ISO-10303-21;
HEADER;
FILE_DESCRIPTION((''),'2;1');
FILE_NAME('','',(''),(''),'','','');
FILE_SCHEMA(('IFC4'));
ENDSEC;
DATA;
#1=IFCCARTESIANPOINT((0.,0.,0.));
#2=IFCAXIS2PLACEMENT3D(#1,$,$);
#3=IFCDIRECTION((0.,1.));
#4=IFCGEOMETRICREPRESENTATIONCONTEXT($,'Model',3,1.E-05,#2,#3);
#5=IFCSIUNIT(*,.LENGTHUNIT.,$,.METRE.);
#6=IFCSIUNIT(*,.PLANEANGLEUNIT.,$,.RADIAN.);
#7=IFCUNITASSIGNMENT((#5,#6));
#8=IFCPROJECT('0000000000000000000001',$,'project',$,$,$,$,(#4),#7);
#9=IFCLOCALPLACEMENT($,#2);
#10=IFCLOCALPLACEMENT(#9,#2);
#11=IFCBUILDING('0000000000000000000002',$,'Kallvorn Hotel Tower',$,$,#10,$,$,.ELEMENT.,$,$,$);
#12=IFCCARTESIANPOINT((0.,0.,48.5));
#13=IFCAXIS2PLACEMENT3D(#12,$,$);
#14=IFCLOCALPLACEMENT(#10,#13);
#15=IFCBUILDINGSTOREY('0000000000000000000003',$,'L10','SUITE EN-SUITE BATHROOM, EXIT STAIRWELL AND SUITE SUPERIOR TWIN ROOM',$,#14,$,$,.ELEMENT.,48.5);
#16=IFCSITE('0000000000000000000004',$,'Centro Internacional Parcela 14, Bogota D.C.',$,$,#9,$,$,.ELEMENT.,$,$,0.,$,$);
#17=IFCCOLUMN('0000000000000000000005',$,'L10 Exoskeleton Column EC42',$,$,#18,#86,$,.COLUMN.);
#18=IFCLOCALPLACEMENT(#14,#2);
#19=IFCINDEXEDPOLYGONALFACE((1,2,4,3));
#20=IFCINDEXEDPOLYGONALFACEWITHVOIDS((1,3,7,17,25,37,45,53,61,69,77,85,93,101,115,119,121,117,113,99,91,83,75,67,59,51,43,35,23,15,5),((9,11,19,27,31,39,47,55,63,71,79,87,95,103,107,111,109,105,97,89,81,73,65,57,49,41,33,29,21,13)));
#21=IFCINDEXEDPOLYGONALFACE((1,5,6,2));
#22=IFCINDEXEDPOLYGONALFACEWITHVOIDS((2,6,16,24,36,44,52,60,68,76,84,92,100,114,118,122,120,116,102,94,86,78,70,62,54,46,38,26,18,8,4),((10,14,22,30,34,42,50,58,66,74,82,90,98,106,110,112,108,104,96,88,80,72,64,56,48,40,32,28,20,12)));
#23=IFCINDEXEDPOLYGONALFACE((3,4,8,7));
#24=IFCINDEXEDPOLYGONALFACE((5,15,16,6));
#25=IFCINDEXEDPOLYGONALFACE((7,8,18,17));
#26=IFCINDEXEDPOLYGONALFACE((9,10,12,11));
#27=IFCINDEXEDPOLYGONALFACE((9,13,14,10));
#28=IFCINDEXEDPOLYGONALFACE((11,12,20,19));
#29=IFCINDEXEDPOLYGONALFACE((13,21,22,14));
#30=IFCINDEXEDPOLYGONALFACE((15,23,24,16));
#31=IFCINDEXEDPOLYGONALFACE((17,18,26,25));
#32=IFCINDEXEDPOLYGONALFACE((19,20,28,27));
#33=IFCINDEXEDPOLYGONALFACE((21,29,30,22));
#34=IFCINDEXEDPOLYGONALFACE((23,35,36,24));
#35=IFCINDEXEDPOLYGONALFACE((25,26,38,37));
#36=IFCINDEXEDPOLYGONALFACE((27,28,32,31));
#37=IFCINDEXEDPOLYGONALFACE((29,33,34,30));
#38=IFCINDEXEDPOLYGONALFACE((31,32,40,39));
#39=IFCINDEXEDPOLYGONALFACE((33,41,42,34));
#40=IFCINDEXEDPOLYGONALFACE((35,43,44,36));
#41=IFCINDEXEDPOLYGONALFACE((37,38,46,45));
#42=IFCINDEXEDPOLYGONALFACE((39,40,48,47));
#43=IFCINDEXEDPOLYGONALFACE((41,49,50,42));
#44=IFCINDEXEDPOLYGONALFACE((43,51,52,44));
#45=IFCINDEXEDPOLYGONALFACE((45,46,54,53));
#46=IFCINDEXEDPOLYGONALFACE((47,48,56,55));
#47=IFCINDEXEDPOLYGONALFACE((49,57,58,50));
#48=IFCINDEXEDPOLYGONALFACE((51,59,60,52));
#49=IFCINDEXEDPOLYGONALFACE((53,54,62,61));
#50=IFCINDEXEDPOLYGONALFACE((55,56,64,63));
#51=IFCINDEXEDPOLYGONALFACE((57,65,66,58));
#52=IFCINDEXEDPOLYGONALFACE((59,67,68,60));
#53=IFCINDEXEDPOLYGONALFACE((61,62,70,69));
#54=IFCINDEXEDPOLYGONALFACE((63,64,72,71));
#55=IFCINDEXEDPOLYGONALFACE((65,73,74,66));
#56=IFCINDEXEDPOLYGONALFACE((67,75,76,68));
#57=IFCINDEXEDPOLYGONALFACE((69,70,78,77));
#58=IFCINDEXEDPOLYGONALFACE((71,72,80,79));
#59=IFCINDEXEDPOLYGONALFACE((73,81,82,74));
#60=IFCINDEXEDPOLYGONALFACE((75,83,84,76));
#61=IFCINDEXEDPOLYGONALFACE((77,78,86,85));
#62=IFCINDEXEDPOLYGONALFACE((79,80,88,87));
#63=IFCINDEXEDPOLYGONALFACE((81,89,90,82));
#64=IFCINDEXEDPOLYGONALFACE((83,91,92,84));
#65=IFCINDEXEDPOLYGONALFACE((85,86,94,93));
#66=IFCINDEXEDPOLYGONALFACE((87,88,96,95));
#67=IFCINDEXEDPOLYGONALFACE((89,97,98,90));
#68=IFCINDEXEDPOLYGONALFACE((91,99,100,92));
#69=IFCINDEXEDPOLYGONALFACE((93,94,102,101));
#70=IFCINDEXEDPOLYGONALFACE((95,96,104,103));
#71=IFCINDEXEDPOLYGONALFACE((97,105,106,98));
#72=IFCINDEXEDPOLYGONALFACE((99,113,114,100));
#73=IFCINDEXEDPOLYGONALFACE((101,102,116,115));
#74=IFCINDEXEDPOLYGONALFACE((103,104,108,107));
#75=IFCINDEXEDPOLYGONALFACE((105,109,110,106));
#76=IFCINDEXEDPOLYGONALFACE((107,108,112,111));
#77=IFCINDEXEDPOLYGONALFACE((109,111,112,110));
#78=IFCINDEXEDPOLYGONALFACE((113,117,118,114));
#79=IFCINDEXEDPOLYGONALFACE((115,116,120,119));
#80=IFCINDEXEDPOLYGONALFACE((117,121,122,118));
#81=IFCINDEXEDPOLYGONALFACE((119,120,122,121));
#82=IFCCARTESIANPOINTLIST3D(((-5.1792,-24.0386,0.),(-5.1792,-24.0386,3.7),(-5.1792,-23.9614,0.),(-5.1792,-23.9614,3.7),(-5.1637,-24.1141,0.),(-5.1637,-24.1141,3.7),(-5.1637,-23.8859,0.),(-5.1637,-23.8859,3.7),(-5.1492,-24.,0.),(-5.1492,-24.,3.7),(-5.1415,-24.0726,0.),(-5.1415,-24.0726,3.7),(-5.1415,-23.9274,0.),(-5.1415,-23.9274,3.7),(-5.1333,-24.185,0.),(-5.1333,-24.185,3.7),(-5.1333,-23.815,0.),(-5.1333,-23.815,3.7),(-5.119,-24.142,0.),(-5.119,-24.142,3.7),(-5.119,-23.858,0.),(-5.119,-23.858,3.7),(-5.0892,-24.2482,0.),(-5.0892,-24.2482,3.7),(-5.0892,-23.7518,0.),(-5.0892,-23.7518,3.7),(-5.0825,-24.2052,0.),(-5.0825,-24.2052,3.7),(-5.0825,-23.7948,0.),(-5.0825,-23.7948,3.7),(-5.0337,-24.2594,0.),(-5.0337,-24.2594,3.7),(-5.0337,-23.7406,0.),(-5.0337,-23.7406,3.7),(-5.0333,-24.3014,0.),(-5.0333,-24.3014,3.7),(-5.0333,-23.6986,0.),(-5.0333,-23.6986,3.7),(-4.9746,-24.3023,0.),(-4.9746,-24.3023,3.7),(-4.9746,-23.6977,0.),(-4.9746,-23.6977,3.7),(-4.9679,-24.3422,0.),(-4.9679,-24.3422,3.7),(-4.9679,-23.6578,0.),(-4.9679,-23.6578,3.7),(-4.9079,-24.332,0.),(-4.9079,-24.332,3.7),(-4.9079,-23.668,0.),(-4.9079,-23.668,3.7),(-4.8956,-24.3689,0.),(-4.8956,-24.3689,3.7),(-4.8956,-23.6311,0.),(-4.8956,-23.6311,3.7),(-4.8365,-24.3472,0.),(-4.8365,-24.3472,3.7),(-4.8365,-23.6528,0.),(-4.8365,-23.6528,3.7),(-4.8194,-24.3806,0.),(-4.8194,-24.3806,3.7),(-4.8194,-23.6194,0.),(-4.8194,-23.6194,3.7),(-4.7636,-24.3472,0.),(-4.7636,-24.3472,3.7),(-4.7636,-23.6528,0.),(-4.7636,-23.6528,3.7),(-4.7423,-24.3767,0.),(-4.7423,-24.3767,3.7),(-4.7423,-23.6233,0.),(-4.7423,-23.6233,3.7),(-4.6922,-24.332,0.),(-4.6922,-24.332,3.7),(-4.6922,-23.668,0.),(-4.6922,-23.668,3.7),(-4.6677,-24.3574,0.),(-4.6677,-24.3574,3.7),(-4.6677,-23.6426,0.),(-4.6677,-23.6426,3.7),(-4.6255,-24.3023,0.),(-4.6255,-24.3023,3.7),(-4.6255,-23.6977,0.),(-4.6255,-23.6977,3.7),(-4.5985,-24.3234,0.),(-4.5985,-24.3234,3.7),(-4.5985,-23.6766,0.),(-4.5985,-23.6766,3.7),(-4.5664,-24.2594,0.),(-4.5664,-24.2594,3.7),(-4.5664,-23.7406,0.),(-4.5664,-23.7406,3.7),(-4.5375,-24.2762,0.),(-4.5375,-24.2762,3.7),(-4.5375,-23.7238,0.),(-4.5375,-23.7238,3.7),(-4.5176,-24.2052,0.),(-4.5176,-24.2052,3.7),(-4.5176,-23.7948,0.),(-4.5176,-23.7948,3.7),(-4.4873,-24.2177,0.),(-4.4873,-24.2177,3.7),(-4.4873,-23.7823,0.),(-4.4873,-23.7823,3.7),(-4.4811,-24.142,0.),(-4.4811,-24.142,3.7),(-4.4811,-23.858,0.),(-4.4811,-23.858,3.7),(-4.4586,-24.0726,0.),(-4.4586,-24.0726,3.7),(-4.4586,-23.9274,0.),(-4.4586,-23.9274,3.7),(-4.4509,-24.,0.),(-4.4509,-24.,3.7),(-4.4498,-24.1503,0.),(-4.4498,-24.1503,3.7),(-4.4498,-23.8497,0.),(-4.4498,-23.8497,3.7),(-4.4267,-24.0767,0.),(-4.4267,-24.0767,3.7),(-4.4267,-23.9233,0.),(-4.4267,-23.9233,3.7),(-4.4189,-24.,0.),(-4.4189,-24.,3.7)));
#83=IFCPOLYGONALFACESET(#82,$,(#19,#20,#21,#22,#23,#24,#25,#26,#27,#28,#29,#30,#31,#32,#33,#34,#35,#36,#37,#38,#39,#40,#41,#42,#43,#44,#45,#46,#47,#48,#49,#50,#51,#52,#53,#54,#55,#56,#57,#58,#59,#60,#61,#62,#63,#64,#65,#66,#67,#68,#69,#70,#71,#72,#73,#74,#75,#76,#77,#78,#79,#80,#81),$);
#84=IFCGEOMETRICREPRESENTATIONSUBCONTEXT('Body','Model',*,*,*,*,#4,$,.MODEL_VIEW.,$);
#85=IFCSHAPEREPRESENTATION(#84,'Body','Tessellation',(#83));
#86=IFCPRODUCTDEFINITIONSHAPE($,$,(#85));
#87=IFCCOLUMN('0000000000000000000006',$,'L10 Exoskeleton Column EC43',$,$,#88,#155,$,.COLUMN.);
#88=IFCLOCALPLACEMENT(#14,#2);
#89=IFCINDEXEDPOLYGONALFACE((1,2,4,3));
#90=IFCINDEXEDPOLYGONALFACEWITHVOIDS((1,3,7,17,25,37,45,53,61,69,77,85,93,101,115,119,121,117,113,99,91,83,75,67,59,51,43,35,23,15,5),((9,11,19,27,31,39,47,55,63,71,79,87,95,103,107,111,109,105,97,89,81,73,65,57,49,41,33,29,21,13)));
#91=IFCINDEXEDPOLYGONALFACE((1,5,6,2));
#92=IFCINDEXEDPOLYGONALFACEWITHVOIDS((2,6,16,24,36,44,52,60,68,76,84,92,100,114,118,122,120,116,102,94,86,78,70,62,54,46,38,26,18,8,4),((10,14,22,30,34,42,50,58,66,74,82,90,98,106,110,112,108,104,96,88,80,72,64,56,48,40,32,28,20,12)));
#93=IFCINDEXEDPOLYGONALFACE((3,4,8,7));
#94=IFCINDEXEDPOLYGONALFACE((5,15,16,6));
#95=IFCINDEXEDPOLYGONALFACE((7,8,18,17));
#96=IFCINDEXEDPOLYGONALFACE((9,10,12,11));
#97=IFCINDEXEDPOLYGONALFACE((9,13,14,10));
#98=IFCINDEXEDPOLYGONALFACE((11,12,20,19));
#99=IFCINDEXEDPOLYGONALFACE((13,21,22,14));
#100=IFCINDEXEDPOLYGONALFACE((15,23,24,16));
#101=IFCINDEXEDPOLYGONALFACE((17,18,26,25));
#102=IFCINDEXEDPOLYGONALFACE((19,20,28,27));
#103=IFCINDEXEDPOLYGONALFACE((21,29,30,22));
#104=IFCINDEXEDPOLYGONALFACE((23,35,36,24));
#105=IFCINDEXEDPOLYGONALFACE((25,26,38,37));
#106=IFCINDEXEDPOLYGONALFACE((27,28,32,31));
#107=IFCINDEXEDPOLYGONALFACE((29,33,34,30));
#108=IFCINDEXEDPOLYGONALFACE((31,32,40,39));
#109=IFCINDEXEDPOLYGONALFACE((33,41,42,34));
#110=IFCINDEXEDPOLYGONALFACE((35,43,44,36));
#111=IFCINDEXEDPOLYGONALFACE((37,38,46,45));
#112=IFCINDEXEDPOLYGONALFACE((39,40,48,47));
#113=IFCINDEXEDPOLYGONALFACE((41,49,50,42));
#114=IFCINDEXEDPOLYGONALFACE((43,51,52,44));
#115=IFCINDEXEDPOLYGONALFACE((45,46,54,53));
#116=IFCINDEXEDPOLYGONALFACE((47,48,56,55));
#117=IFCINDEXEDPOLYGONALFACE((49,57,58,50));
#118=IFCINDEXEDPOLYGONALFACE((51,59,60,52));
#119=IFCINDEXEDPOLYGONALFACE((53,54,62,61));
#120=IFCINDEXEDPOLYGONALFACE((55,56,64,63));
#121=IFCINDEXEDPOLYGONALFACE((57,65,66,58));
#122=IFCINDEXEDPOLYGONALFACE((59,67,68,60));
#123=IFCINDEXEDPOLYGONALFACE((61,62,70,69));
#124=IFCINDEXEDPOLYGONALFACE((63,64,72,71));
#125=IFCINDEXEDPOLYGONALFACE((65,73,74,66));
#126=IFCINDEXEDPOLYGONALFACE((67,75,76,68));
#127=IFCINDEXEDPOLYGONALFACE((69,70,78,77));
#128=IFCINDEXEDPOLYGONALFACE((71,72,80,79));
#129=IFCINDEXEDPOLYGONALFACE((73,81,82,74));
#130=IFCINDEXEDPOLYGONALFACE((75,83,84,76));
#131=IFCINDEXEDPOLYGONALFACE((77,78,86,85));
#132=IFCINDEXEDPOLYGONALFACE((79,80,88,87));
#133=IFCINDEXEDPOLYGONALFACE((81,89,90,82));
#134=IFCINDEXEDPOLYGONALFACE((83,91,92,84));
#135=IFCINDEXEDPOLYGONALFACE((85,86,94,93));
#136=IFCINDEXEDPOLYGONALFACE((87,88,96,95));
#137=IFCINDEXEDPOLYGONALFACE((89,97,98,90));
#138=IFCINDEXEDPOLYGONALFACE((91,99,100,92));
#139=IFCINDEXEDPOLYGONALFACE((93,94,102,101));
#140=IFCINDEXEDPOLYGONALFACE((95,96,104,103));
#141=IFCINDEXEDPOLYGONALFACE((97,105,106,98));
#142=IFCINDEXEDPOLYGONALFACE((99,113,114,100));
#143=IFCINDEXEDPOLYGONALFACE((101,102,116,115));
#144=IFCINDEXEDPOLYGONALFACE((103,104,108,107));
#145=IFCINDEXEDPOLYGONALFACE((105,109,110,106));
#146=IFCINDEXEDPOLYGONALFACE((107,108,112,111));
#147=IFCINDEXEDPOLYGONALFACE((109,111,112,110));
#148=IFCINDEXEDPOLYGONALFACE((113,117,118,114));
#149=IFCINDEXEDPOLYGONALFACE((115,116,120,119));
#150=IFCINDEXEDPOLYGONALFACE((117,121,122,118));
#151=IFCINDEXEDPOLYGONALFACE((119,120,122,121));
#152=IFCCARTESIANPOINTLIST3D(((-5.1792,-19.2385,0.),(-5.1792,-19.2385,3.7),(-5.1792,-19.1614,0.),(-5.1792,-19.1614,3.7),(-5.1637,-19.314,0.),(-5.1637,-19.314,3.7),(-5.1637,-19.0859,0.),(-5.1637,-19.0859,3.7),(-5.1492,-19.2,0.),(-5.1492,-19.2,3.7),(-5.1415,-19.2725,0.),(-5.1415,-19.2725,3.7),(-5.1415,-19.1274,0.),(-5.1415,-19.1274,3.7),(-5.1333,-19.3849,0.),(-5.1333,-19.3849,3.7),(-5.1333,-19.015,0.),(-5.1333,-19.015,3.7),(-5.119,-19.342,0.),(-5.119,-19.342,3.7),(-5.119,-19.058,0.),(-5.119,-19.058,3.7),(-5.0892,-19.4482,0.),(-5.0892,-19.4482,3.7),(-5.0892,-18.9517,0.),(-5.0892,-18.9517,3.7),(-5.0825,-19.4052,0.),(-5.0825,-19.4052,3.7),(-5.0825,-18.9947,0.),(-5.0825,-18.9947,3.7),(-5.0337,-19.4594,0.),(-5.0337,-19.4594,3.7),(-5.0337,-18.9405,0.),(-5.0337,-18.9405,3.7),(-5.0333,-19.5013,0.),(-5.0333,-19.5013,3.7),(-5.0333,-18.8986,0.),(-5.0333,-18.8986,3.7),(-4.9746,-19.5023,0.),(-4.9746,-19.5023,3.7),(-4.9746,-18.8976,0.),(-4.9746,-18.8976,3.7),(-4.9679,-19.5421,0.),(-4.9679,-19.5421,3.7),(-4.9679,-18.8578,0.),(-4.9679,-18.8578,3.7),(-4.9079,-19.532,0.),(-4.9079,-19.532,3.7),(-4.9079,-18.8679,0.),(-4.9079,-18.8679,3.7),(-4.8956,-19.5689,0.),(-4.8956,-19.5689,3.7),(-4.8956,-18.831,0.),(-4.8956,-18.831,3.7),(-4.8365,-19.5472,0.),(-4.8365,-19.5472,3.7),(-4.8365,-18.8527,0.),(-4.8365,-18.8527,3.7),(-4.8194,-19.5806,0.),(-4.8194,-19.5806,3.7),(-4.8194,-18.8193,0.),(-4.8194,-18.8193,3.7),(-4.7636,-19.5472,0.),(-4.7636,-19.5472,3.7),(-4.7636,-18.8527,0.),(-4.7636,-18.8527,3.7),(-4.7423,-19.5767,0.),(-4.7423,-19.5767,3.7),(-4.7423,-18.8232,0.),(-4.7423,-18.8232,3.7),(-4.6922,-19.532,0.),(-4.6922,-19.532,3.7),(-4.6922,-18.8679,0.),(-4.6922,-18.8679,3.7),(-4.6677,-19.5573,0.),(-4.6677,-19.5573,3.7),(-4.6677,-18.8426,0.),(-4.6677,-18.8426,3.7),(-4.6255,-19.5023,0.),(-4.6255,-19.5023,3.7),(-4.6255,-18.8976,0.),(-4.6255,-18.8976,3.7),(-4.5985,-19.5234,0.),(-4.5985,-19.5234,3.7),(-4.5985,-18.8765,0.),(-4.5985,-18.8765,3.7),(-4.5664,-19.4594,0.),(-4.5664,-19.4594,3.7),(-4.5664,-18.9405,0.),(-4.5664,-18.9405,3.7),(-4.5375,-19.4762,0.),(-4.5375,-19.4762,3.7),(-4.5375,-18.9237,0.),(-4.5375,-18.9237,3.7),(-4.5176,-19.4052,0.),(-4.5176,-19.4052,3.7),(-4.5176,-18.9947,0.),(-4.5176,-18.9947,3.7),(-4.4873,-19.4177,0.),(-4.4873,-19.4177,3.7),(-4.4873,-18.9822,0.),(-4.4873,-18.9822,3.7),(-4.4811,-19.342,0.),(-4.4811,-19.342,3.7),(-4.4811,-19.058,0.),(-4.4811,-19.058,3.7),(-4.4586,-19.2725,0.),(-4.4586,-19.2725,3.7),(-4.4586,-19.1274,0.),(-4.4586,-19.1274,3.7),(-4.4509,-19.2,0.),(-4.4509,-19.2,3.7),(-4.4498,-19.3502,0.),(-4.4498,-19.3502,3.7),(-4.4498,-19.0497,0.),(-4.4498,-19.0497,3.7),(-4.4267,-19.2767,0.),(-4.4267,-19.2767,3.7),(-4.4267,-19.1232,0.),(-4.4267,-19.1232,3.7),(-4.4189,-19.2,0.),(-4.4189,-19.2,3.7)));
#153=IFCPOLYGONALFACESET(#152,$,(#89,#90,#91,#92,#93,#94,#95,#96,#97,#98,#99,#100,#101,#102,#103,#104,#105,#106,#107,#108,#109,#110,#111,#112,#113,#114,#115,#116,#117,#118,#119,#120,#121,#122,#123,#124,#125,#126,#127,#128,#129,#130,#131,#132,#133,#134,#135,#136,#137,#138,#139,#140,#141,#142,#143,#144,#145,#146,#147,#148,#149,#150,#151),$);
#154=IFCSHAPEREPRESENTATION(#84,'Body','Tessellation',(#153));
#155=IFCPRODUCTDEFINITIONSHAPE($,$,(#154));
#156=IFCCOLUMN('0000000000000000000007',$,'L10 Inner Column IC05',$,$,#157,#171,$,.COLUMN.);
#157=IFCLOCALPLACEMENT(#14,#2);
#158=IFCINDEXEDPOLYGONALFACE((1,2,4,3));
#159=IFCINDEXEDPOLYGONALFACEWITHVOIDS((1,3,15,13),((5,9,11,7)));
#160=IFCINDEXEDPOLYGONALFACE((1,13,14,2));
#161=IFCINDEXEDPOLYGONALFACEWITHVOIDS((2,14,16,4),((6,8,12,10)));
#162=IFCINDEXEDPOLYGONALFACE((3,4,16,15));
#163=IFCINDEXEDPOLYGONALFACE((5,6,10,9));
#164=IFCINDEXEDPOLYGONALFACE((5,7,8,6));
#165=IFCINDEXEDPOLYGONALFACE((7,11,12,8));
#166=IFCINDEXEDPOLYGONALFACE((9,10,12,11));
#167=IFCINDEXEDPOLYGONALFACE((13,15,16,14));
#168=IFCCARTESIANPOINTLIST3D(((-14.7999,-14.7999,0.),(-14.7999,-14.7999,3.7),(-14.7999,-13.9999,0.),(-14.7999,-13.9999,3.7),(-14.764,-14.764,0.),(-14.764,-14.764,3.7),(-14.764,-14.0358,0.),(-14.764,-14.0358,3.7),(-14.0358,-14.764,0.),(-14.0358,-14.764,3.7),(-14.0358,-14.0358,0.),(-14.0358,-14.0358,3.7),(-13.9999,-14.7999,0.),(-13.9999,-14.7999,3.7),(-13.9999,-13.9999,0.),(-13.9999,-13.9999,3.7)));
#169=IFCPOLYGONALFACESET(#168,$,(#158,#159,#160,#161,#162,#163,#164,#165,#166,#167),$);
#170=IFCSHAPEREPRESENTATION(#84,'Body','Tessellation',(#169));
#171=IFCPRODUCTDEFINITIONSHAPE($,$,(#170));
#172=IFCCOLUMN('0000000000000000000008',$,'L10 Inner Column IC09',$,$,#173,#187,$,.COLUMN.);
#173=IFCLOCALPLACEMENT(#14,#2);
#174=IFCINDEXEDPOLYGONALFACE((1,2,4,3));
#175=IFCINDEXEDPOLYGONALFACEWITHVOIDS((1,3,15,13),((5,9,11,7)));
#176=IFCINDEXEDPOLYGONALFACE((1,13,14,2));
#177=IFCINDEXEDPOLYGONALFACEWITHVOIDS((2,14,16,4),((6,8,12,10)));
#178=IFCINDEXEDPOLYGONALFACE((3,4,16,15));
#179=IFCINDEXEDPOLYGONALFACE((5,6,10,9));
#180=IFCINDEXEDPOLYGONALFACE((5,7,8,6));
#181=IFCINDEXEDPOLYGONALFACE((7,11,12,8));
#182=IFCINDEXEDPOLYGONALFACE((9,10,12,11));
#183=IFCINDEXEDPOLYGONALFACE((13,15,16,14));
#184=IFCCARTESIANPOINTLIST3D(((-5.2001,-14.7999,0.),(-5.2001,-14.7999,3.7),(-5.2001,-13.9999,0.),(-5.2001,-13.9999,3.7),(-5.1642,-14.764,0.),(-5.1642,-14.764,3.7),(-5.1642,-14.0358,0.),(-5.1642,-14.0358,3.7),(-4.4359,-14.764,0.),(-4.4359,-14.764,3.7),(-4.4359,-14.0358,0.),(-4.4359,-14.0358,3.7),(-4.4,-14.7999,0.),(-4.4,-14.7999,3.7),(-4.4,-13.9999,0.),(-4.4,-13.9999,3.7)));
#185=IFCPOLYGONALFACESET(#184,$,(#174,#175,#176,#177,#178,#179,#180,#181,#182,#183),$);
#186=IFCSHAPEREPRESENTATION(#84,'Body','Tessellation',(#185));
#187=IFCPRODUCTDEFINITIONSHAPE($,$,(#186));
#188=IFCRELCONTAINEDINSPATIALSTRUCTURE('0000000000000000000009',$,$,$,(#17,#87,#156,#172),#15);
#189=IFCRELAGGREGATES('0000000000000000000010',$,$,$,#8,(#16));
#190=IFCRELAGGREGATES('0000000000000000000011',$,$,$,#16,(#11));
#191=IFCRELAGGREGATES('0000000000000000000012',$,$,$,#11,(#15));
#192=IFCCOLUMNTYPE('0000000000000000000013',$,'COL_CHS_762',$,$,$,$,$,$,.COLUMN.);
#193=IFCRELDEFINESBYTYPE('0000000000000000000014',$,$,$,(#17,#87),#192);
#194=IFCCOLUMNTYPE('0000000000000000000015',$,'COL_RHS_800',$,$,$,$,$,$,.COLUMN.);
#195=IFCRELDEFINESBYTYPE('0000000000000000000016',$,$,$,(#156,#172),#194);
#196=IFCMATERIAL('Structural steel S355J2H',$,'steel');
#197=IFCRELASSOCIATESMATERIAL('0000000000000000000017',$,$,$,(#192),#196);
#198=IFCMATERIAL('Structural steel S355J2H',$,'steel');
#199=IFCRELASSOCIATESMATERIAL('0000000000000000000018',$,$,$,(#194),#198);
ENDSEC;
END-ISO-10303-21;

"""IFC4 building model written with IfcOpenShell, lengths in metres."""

from ifc_helpers import new_model, si_unit, direction, frame, origin, origin_2d, place, context, subcontext, project, spatial, hollow_rectangle, hollow_circle, extrude, material, material_profile, profile_set, type_object, element, save


model = new_model("IFC4")

# Units and contexts
model_context = context("Model", 3, precision=1e-05, world=origin(), true_north=direction((0.0, 1.0)))
body_context = subcontext(model_context, "Body", "Model", "MODEL_VIEW")
ifc_project = project(units=[si_unit("LENGTHUNIT", "METRE"), si_unit("PLANEANGLEUNIT", "RADIAN")], contexts=[model_context])

# Site, building, storey
site_placement = place(None, origin())
site = spatial("IfcSite", under=ifc_project, at=site_placement, Name="Centro Internacional Parcela 14, Bogota D.C.", CompositionType="ELEMENT", RefElevation=0.0)
building_placement = place(site_placement, origin())
building = spatial("IfcBuilding", under=site, at=building_placement, Name="Kallvorn Hotel Tower", CompositionType="ELEMENT")
storey_placement = place(building_placement, frame((0.0, 0.0, 48.5)))
storey = spatial("IfcBuildingStorey", under=building, at=storey_placement, Name="L10", Description="SUITE EN-SUITE BATHROOM, EXIT STAIRWELL AND SUITE SUPERIOR TWIN ROOM", CompositionType="ELEMENT", Elevation=48.5)

# Columns
ifc_material_1 = material(Name="Structural steel S355J2H", Category="steel")
ifc_material_profile_1 = material_profile(ifc_material_1, hollow_circle(Radius=0.3811, WallThickness=0.032, at=origin_2d()), Name="CHS 762x32")
ifc_profile_set_1 = profile_set([ifc_material_profile_1], Name="Structural steel S355J2H")
column_type_1 = type_object("IfcColumnType", Name="COL_CHS_762", PredefinedType="COLUMN", material=ifc_profile_set_1)
for number, where, z_axis, x_axis, name in (
    (1, (-4.8, -24.0, 0.0), (0.0, 0.0, 1.0), (1.0, 0.0, 0.0), "L10 Exoskeleton Column EC42"),
    (2, (-4.8, -19.2, 0.0), (0.0, 0.0, 1.0), (1.0, 0.0, 0.0), "L10 Exoskeleton Column EC43"),
):
    element("IfcColumn", number, at=place(storey_placement, frame(where, z_axis=z_axis, x_axis=x_axis)), inside=storey, type_object=column_type_1, Name=name, PredefinedType="COLUMN", context=body_context, shape_type="SweptSolid", body=[
        extrude(hollow_circle(Radius=0.3811, WallThickness=0.032, at=origin_2d()), origin(), (0.0, 0.0, 1.0), 3.7),
    ])
ifc_material_2 = material(Name="Structural steel S355J2H", Category="steel")
ifc_material_profile_2 = material_profile(ifc_material_2, hollow_rectangle(XDim=0.8, YDim=0.8, WallThickness=0.0359, at=origin_2d()), Name="RHS 800x800x36")
ifc_profile_set_2 = profile_set([ifc_material_profile_2], Name="Structural steel S355J2H")
column_type_2 = type_object("IfcColumnType", Name="COL_RHS_800", PredefinedType="COLUMN", material=ifc_profile_set_2)
for number, where, z_axis, x_axis, name in (
    (3, (-14.3999, -14.3999, 0.0), (0.0, 0.0, 1.0), (1.0, 0.0, 0.0), "L10 Inner Column IC05"),
    (4, (-4.8, -14.3999, 0.0), (0.0, 0.0, 1.0), (1.0, 0.0, 0.0), "L10 Inner Column IC09"),
):
    element("IfcColumn", number, at=place(storey_placement, frame(where, z_axis=z_axis, x_axis=x_axis)), inside=storey, type_object=column_type_2, Name=name, PredefinedType="COLUMN", context=body_context, shape_type="SweptSolid", body=[
        extrude(hollow_rectangle(XDim=0.8, YDim=0.8, WallThickness=0.0359, at=origin_2d()), origin(), (0.0, 0.0, 1.0), 3.7),
    ])

save(model, "model.ifc")
